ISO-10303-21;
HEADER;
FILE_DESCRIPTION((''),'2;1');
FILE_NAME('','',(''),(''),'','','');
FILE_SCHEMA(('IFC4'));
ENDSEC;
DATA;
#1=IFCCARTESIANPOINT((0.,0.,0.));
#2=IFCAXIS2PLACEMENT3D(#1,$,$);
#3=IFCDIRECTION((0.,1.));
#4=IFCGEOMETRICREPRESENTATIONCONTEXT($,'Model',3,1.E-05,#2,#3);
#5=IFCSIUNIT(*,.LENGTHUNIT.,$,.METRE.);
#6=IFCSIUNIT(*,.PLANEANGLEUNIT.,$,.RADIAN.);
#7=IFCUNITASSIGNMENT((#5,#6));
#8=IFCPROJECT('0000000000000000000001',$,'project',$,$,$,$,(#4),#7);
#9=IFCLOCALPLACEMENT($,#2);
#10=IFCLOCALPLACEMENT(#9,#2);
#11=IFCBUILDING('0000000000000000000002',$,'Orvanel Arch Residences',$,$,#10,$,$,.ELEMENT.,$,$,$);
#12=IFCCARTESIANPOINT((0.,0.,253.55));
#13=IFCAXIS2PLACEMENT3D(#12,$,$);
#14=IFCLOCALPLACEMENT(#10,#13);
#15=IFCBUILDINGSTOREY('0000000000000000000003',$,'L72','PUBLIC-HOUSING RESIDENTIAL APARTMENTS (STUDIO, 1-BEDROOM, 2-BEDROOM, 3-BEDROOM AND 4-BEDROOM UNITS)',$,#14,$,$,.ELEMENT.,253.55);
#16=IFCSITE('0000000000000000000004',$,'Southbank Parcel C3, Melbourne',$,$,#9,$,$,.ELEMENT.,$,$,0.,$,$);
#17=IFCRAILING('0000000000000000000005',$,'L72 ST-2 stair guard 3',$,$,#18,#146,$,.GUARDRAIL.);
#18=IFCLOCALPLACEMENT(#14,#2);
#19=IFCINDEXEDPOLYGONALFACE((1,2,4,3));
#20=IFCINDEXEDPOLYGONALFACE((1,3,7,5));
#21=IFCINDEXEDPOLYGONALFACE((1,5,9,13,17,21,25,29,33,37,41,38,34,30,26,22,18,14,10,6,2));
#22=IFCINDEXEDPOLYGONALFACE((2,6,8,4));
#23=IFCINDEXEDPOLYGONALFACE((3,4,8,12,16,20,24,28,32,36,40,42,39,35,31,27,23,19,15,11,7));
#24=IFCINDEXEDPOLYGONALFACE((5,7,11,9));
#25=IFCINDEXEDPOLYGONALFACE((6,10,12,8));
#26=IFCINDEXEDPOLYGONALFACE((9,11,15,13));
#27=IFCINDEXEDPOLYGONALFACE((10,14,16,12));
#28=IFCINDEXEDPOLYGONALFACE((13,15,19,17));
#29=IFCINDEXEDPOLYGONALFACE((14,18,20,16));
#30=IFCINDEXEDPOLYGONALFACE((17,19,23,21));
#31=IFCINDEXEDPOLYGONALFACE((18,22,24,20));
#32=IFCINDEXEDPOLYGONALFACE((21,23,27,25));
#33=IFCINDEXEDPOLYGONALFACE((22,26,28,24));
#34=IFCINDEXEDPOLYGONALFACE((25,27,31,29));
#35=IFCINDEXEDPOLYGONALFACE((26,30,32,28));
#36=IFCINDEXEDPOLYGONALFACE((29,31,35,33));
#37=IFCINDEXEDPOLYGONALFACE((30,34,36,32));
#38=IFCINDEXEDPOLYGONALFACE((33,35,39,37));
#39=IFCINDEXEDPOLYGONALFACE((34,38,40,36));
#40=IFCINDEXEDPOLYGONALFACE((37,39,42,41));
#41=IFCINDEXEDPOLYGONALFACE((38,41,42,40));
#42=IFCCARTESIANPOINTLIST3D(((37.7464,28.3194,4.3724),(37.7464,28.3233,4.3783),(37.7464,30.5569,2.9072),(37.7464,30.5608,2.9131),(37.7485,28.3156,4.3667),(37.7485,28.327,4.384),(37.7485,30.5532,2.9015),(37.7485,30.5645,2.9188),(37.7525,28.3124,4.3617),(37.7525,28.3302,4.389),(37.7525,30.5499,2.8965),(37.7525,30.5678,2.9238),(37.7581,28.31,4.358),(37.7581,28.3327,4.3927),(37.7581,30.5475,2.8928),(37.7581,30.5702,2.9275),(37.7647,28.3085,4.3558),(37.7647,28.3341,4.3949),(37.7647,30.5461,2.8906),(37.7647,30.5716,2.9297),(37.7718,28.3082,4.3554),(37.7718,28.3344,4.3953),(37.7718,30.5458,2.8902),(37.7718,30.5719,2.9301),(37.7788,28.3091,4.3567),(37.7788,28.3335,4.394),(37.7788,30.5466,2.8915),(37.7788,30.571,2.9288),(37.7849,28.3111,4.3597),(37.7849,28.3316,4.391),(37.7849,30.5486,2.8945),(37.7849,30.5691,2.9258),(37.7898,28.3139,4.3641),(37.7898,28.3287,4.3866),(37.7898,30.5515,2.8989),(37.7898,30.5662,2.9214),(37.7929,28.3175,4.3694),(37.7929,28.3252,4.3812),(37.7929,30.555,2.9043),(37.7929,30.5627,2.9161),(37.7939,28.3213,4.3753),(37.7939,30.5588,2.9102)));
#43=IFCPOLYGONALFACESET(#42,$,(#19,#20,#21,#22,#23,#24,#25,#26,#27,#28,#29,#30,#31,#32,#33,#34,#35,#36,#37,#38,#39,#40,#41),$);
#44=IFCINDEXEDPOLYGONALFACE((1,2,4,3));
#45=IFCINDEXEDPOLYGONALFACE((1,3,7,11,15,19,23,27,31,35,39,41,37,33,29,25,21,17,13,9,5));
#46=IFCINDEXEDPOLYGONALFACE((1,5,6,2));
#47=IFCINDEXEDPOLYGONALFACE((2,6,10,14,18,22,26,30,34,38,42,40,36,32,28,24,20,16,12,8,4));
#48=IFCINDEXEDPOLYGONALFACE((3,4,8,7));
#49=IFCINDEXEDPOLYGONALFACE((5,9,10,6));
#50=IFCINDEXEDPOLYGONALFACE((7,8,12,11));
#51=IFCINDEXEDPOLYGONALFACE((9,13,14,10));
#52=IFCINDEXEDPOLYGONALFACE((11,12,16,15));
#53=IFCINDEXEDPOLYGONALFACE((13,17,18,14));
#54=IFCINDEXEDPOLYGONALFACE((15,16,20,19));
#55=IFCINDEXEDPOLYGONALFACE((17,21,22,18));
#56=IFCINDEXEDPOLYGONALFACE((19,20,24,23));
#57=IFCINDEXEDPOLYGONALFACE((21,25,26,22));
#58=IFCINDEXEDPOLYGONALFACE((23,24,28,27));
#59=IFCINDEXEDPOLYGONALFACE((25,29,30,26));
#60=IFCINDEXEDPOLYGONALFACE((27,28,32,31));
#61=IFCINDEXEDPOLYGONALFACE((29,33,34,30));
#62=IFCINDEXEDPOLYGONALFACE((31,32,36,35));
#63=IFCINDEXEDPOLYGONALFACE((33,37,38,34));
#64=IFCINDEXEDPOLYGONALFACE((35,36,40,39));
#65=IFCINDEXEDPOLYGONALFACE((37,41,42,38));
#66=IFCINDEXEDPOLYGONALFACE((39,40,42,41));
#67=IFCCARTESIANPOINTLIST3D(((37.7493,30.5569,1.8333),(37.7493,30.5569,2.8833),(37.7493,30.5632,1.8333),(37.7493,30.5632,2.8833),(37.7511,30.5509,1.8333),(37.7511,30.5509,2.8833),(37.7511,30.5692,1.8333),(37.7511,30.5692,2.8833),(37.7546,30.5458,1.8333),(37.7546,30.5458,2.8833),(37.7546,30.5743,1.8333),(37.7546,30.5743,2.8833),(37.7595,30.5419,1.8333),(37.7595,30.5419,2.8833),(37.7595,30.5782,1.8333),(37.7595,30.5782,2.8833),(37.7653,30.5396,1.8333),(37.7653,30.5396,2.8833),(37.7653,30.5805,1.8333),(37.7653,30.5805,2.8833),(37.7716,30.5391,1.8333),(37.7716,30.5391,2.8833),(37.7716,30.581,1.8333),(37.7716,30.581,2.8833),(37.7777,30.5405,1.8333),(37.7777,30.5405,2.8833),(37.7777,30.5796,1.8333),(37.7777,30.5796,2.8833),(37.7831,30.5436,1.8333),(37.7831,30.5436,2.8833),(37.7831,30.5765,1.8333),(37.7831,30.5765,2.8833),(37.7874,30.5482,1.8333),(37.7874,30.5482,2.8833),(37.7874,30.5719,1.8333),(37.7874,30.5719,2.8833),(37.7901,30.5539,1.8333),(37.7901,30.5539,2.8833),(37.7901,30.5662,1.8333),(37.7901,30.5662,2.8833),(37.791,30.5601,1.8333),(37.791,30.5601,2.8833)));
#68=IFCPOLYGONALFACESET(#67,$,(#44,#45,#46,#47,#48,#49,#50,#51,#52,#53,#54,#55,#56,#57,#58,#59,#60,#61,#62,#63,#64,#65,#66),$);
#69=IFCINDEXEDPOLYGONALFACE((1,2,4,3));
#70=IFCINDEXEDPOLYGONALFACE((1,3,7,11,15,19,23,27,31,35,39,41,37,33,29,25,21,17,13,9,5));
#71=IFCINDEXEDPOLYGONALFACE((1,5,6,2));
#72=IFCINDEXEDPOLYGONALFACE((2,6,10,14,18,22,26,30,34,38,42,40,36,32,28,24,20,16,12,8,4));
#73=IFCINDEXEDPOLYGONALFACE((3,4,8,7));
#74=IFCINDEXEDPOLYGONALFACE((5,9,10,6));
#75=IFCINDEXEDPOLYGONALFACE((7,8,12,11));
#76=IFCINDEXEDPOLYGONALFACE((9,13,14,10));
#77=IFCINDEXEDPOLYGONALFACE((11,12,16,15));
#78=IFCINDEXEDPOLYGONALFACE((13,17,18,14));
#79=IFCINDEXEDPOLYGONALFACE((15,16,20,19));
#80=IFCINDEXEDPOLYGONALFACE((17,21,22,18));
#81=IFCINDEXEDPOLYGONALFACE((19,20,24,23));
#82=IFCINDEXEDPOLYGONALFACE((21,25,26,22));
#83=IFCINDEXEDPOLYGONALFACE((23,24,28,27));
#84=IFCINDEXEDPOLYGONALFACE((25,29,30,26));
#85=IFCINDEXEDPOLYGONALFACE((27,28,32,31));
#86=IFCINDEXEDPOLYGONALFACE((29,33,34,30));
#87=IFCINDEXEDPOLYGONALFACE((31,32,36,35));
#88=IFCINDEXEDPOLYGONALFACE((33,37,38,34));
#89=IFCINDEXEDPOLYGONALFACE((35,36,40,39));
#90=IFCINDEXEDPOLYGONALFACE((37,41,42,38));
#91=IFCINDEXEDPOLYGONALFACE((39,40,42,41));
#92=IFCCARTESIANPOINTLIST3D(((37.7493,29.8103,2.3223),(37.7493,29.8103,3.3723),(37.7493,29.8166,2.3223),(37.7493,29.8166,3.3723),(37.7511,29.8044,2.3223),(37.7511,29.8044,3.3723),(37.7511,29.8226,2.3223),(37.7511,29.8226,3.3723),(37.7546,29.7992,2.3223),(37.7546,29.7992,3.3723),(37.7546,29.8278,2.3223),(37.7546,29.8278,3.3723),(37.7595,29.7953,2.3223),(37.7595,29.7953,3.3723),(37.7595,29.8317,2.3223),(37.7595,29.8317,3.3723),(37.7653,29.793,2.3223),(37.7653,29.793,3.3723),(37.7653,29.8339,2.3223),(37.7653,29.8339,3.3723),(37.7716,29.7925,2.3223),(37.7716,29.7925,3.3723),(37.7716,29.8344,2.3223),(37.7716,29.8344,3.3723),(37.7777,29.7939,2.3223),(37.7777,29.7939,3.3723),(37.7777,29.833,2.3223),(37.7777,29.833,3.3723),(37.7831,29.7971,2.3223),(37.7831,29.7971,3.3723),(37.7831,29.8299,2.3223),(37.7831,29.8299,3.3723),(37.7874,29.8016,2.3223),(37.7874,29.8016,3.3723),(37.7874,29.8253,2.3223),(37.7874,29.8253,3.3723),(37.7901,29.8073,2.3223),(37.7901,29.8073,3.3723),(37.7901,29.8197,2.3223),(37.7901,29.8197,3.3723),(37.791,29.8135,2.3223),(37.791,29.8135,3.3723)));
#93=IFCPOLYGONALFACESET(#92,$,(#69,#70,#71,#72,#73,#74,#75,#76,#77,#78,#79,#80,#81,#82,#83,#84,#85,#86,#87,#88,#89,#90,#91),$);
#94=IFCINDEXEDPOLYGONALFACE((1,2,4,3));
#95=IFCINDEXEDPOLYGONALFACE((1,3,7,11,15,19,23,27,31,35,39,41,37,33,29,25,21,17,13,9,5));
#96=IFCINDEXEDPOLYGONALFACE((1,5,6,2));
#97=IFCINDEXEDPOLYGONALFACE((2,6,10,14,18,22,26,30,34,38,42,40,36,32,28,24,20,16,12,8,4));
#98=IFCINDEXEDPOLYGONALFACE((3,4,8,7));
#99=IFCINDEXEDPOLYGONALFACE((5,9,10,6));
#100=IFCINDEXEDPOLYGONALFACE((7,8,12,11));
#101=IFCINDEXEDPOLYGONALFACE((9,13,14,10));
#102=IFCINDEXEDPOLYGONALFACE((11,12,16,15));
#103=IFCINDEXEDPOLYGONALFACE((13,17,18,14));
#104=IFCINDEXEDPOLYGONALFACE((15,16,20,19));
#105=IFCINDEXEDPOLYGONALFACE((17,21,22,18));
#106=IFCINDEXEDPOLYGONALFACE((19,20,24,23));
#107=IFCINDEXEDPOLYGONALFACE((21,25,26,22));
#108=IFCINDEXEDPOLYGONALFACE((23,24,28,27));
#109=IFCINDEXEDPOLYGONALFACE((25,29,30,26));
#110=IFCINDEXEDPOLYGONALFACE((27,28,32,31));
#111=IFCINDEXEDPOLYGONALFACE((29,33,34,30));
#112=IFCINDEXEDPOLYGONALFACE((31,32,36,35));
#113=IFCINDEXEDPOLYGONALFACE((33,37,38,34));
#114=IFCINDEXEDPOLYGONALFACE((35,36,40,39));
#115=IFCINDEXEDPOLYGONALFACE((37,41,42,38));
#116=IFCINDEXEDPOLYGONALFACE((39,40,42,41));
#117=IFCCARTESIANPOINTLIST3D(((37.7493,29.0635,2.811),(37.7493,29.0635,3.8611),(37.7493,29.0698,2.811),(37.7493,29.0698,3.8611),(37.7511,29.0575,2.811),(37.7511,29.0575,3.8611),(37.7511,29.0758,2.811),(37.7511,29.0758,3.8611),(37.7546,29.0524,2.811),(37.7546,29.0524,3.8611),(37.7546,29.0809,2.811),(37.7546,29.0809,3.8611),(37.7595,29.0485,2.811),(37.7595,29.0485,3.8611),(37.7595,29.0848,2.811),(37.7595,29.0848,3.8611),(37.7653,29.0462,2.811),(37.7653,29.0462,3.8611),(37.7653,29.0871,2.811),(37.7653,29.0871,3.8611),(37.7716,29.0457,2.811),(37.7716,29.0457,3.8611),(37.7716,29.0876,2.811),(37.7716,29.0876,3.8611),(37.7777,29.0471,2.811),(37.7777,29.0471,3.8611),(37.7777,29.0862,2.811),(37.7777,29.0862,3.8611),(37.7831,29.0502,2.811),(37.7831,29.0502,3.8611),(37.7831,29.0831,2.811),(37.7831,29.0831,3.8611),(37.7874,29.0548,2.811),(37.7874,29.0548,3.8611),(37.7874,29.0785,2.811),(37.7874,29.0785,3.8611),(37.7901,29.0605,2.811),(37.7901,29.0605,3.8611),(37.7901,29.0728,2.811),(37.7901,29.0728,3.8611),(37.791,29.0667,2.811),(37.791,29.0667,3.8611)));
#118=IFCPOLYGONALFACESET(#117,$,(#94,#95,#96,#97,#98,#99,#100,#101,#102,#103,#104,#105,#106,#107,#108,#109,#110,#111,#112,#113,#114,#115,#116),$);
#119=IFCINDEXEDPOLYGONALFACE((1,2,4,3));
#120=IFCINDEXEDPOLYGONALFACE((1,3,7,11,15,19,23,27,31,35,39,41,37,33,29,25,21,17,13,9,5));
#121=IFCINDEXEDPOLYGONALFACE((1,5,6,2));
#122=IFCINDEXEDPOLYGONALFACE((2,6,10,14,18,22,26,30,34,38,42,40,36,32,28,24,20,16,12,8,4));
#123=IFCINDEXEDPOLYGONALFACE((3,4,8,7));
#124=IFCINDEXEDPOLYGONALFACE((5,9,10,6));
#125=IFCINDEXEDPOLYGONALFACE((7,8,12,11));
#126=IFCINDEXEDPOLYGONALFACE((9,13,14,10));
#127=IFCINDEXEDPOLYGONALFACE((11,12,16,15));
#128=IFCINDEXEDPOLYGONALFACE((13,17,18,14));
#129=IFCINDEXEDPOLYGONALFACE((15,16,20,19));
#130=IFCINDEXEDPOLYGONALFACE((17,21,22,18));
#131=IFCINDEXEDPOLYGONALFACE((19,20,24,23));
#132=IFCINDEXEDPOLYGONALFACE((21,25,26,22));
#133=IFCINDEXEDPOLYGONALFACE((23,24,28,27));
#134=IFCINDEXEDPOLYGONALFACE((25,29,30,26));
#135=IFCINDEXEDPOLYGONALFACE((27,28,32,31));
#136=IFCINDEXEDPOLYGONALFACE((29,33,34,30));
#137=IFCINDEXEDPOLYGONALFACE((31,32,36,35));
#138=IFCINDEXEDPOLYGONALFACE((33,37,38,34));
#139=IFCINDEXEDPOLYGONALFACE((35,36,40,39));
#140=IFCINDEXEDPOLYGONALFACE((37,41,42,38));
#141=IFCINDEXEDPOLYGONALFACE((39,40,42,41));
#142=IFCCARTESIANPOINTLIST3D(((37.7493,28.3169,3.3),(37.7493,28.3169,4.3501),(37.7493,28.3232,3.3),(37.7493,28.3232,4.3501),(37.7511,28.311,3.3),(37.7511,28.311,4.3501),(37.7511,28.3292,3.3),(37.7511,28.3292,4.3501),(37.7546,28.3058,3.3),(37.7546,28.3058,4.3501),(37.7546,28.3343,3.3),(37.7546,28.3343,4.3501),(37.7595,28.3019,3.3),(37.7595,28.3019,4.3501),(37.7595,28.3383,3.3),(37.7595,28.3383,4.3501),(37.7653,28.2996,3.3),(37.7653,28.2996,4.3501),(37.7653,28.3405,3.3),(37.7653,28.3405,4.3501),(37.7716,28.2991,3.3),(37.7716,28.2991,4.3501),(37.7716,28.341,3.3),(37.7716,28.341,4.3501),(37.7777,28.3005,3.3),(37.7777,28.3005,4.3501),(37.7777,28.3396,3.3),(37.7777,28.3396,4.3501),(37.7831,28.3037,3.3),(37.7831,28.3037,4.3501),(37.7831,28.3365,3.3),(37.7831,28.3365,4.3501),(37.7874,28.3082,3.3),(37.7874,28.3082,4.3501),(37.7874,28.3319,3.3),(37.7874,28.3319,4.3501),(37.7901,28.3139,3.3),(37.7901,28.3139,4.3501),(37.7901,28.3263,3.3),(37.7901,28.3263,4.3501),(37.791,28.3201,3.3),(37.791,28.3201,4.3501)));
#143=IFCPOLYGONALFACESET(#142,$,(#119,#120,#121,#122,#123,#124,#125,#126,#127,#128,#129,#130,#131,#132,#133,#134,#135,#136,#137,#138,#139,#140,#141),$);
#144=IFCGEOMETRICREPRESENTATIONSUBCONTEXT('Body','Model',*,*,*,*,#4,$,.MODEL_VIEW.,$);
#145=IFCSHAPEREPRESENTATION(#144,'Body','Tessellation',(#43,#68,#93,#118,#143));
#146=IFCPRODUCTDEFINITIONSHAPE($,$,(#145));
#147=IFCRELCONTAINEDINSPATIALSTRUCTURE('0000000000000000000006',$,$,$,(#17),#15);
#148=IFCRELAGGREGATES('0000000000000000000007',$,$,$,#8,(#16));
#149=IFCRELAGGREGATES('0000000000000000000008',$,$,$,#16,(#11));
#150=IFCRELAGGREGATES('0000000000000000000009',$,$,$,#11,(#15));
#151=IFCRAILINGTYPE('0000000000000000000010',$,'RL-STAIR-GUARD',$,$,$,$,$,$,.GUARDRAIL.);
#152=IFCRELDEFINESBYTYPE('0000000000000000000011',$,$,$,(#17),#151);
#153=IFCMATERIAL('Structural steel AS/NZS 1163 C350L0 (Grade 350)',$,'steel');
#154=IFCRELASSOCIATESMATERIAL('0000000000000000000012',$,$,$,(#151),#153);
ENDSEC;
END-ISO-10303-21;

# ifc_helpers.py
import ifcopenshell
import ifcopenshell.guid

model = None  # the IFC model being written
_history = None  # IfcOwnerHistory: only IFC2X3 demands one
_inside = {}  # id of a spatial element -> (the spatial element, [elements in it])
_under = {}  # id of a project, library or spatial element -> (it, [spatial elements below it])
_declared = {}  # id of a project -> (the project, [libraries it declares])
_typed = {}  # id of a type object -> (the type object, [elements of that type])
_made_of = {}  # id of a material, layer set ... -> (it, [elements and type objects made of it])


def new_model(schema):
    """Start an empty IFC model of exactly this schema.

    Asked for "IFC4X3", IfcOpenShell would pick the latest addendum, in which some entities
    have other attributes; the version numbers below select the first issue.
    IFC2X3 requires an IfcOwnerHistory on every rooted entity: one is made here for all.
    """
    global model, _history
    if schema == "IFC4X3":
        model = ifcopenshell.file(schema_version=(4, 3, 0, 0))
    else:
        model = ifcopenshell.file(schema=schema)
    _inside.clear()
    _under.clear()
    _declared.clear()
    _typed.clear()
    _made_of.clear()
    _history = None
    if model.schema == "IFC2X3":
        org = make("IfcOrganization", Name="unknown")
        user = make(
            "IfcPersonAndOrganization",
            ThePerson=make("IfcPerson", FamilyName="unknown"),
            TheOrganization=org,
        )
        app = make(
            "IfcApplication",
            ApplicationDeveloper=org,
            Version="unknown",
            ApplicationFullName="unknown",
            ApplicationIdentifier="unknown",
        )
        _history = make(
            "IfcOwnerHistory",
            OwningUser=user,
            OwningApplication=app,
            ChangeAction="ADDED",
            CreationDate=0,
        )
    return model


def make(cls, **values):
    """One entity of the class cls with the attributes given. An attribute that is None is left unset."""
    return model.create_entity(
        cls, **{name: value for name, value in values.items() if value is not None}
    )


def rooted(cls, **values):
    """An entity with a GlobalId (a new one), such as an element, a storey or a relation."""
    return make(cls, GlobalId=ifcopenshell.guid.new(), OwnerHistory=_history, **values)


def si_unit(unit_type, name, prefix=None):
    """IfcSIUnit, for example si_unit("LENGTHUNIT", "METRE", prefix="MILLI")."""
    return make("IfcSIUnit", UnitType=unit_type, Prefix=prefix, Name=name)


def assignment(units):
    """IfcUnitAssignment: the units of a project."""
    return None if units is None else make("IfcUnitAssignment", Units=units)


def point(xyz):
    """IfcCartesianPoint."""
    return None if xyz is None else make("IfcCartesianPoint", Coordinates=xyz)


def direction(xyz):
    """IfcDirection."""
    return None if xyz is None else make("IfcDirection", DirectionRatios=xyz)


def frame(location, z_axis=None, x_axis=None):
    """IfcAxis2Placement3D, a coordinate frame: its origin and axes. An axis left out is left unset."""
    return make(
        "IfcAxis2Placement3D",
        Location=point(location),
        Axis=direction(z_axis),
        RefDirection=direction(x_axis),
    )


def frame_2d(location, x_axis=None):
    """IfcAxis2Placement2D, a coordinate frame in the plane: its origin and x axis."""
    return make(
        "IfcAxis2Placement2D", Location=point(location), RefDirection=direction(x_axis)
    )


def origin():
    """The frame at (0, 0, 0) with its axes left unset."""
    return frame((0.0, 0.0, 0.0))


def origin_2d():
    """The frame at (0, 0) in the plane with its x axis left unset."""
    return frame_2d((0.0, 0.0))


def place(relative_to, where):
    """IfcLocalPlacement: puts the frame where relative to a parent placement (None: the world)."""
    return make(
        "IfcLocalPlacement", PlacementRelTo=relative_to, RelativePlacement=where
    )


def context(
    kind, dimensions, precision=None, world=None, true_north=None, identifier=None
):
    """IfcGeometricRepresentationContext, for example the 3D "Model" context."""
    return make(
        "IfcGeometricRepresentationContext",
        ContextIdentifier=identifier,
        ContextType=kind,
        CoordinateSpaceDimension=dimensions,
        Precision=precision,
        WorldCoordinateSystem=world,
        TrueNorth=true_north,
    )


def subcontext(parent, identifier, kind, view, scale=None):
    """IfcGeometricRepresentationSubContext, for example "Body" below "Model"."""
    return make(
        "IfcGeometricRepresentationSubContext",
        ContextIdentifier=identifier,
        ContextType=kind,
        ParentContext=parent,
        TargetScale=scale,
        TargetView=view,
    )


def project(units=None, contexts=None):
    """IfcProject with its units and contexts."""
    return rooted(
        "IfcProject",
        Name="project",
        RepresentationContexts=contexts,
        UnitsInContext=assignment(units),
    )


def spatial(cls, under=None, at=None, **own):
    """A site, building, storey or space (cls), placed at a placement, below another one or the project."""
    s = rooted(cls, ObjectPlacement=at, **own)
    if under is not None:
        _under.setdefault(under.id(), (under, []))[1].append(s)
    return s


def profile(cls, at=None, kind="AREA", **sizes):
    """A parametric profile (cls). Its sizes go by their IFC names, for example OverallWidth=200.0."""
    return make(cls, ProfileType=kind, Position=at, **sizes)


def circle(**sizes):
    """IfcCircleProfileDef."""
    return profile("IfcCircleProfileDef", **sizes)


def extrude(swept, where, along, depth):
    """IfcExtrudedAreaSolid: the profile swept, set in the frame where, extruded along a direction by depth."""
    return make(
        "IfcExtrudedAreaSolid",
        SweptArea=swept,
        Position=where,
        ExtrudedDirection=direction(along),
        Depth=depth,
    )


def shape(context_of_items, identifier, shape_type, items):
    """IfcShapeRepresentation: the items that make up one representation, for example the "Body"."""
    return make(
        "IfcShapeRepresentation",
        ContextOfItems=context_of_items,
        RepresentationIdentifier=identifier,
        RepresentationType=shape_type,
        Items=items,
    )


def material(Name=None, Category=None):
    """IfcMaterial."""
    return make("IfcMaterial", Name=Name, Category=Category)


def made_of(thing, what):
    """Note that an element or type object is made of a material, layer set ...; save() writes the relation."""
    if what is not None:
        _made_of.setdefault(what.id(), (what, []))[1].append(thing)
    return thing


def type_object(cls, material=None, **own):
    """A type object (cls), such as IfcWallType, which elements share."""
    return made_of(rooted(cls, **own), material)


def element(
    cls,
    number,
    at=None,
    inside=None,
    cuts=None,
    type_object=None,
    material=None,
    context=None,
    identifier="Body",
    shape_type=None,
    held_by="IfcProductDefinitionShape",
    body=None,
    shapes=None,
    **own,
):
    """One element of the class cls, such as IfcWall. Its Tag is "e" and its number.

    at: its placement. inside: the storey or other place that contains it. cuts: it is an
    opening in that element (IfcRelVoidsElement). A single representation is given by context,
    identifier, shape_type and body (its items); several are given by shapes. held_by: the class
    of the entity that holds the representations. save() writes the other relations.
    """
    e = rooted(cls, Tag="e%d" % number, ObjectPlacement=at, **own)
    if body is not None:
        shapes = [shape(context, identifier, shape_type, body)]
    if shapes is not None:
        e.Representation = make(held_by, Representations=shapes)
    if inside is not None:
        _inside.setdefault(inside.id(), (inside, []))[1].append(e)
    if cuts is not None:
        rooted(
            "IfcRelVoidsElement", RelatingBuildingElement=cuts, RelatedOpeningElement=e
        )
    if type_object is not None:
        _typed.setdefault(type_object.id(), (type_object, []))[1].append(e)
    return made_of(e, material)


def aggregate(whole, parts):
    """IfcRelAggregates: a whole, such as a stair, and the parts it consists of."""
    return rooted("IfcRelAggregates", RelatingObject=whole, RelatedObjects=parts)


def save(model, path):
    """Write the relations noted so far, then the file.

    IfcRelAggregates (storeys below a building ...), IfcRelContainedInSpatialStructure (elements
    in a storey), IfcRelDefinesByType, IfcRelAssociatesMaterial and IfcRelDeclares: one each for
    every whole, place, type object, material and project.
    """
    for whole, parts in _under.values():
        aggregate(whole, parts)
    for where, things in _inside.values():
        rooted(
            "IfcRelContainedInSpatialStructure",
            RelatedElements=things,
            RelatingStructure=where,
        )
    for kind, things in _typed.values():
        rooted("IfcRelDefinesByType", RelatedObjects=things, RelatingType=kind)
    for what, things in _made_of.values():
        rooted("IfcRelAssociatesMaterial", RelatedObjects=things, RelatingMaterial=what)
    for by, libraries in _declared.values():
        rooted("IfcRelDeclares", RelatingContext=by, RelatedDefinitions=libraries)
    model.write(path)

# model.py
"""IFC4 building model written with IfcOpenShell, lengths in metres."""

from ifc_helpers import new_model, si_unit, direction, frame, origin, origin_2d, place, context, subcontext, project, spatial, circle, extrude, material, type_object, element, save


model = new_model("IFC4")

# Units and contexts
model_context = context("Model", 3, precision=1e-05, world=origin(), true_north=direction((0.0, 1.0)))
body_context = subcontext(model_context, "Body", "Model", "MODEL_VIEW")
ifc_project = project(units=[si_unit("LENGTHUNIT", "METRE"), si_unit("PLANEANGLEUNIT", "RADIAN")], contexts=[model_context])

# Site, building, storey
site_placement = place(None, origin())
site = spatial("IfcSite", under=ifc_project, at=site_placement, Name="Southbank Parcel C3, Melbourne", CompositionType="ELEMENT", RefElevation=0.0)
building_placement = place(site_placement, origin())
building = spatial("IfcBuilding", under=site, at=building_placement, Name="Orvanel Arch Residences", CompositionType="ELEMENT")
storey_placement = place(building_placement, frame((0.0, 0.0, 253.55)))
storey = spatial("IfcBuildingStorey", under=building, at=storey_placement, Name="L72", Description="PUBLIC-HOUSING RESIDENTIAL APARTMENTS (STUDIO, 1-BEDROOM, 2-BEDROOM, 3-BEDROOM AND 4-BEDROOM UNITS)", CompositionType="ELEMENT", Elevation=253.55)

# Railing
ifc_material_1 = material(Name="Structural steel AS/NZS 1163 C350L0 (Grade 350)", Category="steel")
railing_type_1 = type_object("IfcRailingType", Name="RL-STAIR-GUARD", PredefinedType="GUARDRAIL", material=ifc_material_1)
railing_1_placement = place(storey_placement, frame((37.77, 30.5601, 1.8333)))
element("IfcRailing", 1, at=railing_1_placement, inside=storey, type_object=railing_type_1, Name="L72 ST-2 stair guard 3", PredefinedType="GUARDRAIL", context=body_context, shape_type="SweptSolid", body=[
    extrude(circle(Radius=0.0239, at=origin_2d()), frame((0.0, -0.0012, 1.0769), z_axis=(0.0, -0.836595, 0.547822), x_axis=(1.0, 0.0, 0.0)), (0.0, 0.0, 1.0), 2.6746),
    extrude(circle(Radius=0.021, at=origin_2d()), origin(), (0.0, 0.0, 1.0), 1.05),
    extrude(circle(Radius=0.021, at=origin_2d()), frame((0.0, -0.7466, 0.489)), (0.0, 0.0, 1.0), 1.05),
    extrude(circle(Radius=0.021, at=origin_2d()), frame((0.0, -1.4934, 0.9778)), (0.0, 0.0, 1.0), 1.05),
    extrude(circle(Radius=0.021, at=origin_2d()), frame((0.0, -2.24, 1.4668)), (0.0, 0.0, 1.0), 1.05),
])

save(model, "model.ifc")
